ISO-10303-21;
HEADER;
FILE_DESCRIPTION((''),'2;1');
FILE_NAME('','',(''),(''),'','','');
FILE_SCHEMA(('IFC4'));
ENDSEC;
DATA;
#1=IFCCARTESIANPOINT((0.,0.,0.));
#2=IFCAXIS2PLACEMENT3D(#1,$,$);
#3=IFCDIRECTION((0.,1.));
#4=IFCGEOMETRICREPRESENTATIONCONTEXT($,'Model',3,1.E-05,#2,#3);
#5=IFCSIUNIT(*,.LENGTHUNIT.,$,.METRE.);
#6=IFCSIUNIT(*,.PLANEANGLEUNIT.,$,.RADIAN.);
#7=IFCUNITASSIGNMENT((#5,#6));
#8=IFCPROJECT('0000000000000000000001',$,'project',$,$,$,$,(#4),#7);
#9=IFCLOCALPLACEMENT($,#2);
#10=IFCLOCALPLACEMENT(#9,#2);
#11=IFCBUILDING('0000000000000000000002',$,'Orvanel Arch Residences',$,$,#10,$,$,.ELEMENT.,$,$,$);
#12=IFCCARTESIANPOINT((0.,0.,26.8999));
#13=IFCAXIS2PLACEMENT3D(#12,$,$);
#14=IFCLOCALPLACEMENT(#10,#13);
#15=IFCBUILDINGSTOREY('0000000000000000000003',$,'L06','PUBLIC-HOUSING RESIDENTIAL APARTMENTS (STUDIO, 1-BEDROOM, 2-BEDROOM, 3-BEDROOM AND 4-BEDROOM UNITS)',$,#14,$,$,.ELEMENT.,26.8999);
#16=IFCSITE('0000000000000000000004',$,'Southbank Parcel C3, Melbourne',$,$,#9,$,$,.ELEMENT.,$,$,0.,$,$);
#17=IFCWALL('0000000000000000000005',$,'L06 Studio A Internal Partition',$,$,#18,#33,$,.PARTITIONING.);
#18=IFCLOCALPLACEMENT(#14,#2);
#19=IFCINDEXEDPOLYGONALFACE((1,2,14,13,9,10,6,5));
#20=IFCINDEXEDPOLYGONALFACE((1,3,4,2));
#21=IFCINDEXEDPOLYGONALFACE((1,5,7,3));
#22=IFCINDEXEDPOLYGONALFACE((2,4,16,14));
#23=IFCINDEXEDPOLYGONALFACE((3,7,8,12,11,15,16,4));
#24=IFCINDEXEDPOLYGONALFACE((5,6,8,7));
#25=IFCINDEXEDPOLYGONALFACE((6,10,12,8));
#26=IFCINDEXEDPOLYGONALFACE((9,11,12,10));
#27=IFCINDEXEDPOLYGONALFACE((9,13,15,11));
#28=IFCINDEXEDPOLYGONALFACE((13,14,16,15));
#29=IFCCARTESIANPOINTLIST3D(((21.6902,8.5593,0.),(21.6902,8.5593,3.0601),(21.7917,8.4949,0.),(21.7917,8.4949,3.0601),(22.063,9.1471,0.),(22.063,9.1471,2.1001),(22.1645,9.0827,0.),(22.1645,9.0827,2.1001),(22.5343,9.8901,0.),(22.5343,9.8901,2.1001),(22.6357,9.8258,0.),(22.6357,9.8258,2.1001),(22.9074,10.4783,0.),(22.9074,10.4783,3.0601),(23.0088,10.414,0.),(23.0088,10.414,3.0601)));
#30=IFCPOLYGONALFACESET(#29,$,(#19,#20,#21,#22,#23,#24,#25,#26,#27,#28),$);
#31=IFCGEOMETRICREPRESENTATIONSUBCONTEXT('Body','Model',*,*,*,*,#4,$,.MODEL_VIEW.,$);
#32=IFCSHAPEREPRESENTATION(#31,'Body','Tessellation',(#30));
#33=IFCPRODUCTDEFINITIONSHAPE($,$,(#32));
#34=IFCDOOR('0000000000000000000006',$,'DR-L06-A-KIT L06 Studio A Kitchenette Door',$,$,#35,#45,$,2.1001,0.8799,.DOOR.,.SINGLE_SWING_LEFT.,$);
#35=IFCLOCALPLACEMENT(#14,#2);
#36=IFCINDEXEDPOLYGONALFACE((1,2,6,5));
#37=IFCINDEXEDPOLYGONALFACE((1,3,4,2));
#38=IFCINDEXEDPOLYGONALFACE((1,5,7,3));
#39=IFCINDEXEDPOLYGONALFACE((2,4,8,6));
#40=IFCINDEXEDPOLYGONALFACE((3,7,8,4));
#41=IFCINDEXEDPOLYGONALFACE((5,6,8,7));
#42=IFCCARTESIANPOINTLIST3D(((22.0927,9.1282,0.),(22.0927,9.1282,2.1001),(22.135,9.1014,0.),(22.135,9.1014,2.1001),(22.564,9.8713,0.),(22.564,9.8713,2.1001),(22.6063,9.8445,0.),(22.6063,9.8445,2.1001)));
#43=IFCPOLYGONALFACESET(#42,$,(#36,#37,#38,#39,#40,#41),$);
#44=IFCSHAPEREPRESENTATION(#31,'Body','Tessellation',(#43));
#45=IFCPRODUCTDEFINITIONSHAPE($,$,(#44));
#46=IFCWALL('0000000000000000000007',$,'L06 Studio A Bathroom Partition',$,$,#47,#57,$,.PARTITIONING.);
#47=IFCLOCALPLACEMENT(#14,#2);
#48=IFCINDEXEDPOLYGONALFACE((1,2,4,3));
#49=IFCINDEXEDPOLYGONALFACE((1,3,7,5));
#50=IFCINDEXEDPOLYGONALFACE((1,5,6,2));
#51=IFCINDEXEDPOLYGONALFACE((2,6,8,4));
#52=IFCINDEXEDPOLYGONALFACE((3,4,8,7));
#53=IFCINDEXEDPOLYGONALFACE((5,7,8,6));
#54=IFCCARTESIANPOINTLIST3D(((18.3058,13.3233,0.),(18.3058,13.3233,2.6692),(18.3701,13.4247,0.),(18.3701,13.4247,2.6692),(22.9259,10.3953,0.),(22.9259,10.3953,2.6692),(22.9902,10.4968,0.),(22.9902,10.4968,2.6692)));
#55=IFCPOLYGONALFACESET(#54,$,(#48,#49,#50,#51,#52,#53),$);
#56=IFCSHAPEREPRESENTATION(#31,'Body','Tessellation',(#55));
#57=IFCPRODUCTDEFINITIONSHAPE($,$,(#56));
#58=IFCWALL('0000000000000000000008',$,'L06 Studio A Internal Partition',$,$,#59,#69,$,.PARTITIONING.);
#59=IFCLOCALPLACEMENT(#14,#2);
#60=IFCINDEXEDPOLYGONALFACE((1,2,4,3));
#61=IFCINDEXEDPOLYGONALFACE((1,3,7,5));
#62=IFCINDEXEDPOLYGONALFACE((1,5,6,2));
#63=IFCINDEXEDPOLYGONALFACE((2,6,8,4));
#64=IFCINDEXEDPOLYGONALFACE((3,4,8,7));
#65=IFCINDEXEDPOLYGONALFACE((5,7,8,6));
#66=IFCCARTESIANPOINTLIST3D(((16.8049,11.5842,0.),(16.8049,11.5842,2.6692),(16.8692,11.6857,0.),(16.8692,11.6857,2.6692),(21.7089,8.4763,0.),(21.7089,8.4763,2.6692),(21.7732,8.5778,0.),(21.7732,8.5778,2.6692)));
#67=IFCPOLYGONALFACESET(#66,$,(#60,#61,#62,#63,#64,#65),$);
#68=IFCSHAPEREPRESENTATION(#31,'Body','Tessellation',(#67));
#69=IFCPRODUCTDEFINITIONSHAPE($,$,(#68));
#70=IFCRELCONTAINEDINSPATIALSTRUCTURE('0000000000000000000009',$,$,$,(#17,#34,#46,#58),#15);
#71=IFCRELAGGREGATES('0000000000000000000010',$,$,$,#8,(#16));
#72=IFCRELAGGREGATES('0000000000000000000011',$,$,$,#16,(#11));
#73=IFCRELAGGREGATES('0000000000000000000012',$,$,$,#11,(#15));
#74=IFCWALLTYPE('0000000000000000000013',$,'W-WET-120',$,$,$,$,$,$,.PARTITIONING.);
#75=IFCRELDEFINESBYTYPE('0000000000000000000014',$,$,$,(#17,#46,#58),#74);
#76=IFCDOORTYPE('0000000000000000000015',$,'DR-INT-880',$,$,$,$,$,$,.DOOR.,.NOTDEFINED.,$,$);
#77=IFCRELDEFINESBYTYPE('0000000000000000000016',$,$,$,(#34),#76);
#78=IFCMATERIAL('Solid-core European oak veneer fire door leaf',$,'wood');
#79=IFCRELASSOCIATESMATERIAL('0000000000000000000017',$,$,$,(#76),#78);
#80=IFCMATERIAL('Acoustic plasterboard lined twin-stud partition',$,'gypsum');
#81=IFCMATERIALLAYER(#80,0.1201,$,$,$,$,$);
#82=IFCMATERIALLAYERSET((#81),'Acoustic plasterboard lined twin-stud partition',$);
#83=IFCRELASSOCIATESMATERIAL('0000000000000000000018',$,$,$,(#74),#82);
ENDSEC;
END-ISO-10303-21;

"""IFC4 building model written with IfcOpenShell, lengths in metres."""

from ifc_helpers import new_model, si_unit, direction, frame, frame_2d, origin, place, context, subcontext, project, spatial, rectangle, extrude, material, layer, layer_set, type_object, element, fill, save


model = new_model("IFC4")

# Units and contexts
model_context = context("Model", 3, precision=1e-05, world=origin(), true_north=direction((0.0, 1.0)))
body_context = subcontext(model_context, "Body", "Model", "MODEL_VIEW")
ifc_project = project(units=[si_unit("LENGTHUNIT", "METRE"), si_unit("PLANEANGLEUNIT", "RADIAN")], contexts=[model_context])

# Site, building, storey
site_placement = place(None, origin())
site = spatial("IfcSite", under=ifc_project, at=site_placement, Name="Southbank Parcel C3, Melbourne", CompositionType="ELEMENT", RefElevation=0.0)
building_placement = place(site_placement, origin())
building = spatial("IfcBuilding", under=site, at=building_placement, Name="Orvanel Arch Residences", CompositionType="ELEMENT")
storey_placement = place(building_placement, frame((0.0, 0.0, 26.8999)))
storey = spatial("IfcBuildingStorey", under=building, at=storey_placement, Name="L06", Description="PUBLIC-HOUSING RESIDENTIAL APARTMENTS (STUDIO, 1-BEDROOM, 2-BEDROOM, 3-BEDROOM AND 4-BEDROOM UNITS)", CompositionType="ELEMENT", Elevation=26.8999)

# Shared definitions
ifc_material_1 = material(Name="Solid-core European oak veneer fire door leaf", Category="wood")
door_type_1 = type_object("IfcDoorType", Name="DR-INT-880", OperationType="NOTDEFINED", PredefinedType="DOOR", material=ifc_material_1)

# Wall, opening, door
ifc_material_2 = material(Name="Acoustic plasterboard lined twin-stud partition", Category="gypsum")
ifc_layer_1 = layer(ifc_material_2, 0.1201)
ifc_layer_set_1 = layer_set([ifc_layer_1], Name="Acoustic plasterboard lined twin-stud partition")
wall_type_1 = type_object("IfcWallType", Name="W-WET-120", PredefinedType="PARTITIONING", material=ifc_layer_set_1)
wall_1_placement = place(storey_placement, frame((21.741, 8.5271, 0.0), z_axis=(0.0, 0.0, 1.0), x_axis=(0.535589, 0.844479, 0.0)))
wall_1 = element("IfcWall", 1, at=wall_1_placement, inside=storey, type_object=wall_type_1, Name="L06 Studio A Internal Partition", PredefinedType="PARTITIONING", context=body_context, shape_type="SweptSolid", body=[
    extrude(rectangle(XDim=2.2725, YDim=0.1201, at=frame_2d((1.1362, 0.0))), origin(), (0.0, 0.0, 1.0), 3.0601),
])
opening_1_placement = place(wall_1_placement, frame((0.696, 0.0, 0.0)))
opening_1 = element("IfcOpeningElement", 2, at=opening_1_placement, cuts=wall_1, PredefinedType="OPENING", context=body_context, shape_type="SweptSolid", body=[
    extrude(rectangle(XDim=0.8799, YDim=2.1001, at=frame_2d((0.4399, 1.05))), frame((0.0, 0.0701, 0.0), z_axis=(0.0, -1.0, 0.0), x_axis=(1.0, 0.0, 0.0)), (0.0, 0.0, 1.0), 0.1401),
])
door_1_placement = place(opening_1_placement, origin())
door_1 = element("IfcDoor", 3, at=door_1_placement, inside=storey, type_object=door_type_1, Name="DR-L06-A-KIT L06 Studio A Kitchenette Door", OperationType="SINGLE_SWING_LEFT", OverallHeight=2.1001, OverallWidth=0.8799, PredefinedType="DOOR", context=body_context, shape_type="SweptSolid", body=[
    extrude(rectangle(XDim=0.8799, YDim=2.1001, at=frame_2d((0.4399, 1.05))), frame((0.0, 0.0249, 0.0), z_axis=(0.0, -1.0, 0.0), x_axis=(1.0, 0.0, 0.0)), (0.0, 0.0, 1.0), 0.05),
])
fill(opening_1, door_1)

# Walls
wall_2_placement = place(storey_placement, frame((22.958, 10.446, 0.0), z_axis=(0.0, 0.0, 1.0), x_axis=(-0.844662, 0.535301, 0.0)))
element("IfcWall", 4, at=wall_2_placement, inside=storey, type_object=wall_type_1, Name="L06 Studio A Bathroom Partition", PredefinedType="PARTITIONING", context=body_context, shape_type="SweptSolid", body=[
    extrude(rectangle(XDim=5.4697, YDim=0.1201, at=frame_2d((2.7349, 0.0))), origin(), (0.0, 0.0, 1.0), 2.6692),
])
wall_3_placement = place(storey_placement, frame((21.741, 8.5271, 0.0), z_axis=(0.0, 0.0, 1.0), x_axis=(-0.844663, 0.535299, 0.0)))
element("IfcWall", 5, at=wall_3_placement, inside=storey, type_object=wall_type_1, Name="L06 Studio A Internal Partition", PredefinedType="PARTITIONING", context=body_context, shape_type="SweptSolid", body=[
    extrude(rectangle(XDim=5.8059, YDim=0.1201, at=frame_2d((2.9028, 0.0))), origin(), (0.0, 0.0, 1.0), 2.6692),
])

save(model, "model.ifc")
